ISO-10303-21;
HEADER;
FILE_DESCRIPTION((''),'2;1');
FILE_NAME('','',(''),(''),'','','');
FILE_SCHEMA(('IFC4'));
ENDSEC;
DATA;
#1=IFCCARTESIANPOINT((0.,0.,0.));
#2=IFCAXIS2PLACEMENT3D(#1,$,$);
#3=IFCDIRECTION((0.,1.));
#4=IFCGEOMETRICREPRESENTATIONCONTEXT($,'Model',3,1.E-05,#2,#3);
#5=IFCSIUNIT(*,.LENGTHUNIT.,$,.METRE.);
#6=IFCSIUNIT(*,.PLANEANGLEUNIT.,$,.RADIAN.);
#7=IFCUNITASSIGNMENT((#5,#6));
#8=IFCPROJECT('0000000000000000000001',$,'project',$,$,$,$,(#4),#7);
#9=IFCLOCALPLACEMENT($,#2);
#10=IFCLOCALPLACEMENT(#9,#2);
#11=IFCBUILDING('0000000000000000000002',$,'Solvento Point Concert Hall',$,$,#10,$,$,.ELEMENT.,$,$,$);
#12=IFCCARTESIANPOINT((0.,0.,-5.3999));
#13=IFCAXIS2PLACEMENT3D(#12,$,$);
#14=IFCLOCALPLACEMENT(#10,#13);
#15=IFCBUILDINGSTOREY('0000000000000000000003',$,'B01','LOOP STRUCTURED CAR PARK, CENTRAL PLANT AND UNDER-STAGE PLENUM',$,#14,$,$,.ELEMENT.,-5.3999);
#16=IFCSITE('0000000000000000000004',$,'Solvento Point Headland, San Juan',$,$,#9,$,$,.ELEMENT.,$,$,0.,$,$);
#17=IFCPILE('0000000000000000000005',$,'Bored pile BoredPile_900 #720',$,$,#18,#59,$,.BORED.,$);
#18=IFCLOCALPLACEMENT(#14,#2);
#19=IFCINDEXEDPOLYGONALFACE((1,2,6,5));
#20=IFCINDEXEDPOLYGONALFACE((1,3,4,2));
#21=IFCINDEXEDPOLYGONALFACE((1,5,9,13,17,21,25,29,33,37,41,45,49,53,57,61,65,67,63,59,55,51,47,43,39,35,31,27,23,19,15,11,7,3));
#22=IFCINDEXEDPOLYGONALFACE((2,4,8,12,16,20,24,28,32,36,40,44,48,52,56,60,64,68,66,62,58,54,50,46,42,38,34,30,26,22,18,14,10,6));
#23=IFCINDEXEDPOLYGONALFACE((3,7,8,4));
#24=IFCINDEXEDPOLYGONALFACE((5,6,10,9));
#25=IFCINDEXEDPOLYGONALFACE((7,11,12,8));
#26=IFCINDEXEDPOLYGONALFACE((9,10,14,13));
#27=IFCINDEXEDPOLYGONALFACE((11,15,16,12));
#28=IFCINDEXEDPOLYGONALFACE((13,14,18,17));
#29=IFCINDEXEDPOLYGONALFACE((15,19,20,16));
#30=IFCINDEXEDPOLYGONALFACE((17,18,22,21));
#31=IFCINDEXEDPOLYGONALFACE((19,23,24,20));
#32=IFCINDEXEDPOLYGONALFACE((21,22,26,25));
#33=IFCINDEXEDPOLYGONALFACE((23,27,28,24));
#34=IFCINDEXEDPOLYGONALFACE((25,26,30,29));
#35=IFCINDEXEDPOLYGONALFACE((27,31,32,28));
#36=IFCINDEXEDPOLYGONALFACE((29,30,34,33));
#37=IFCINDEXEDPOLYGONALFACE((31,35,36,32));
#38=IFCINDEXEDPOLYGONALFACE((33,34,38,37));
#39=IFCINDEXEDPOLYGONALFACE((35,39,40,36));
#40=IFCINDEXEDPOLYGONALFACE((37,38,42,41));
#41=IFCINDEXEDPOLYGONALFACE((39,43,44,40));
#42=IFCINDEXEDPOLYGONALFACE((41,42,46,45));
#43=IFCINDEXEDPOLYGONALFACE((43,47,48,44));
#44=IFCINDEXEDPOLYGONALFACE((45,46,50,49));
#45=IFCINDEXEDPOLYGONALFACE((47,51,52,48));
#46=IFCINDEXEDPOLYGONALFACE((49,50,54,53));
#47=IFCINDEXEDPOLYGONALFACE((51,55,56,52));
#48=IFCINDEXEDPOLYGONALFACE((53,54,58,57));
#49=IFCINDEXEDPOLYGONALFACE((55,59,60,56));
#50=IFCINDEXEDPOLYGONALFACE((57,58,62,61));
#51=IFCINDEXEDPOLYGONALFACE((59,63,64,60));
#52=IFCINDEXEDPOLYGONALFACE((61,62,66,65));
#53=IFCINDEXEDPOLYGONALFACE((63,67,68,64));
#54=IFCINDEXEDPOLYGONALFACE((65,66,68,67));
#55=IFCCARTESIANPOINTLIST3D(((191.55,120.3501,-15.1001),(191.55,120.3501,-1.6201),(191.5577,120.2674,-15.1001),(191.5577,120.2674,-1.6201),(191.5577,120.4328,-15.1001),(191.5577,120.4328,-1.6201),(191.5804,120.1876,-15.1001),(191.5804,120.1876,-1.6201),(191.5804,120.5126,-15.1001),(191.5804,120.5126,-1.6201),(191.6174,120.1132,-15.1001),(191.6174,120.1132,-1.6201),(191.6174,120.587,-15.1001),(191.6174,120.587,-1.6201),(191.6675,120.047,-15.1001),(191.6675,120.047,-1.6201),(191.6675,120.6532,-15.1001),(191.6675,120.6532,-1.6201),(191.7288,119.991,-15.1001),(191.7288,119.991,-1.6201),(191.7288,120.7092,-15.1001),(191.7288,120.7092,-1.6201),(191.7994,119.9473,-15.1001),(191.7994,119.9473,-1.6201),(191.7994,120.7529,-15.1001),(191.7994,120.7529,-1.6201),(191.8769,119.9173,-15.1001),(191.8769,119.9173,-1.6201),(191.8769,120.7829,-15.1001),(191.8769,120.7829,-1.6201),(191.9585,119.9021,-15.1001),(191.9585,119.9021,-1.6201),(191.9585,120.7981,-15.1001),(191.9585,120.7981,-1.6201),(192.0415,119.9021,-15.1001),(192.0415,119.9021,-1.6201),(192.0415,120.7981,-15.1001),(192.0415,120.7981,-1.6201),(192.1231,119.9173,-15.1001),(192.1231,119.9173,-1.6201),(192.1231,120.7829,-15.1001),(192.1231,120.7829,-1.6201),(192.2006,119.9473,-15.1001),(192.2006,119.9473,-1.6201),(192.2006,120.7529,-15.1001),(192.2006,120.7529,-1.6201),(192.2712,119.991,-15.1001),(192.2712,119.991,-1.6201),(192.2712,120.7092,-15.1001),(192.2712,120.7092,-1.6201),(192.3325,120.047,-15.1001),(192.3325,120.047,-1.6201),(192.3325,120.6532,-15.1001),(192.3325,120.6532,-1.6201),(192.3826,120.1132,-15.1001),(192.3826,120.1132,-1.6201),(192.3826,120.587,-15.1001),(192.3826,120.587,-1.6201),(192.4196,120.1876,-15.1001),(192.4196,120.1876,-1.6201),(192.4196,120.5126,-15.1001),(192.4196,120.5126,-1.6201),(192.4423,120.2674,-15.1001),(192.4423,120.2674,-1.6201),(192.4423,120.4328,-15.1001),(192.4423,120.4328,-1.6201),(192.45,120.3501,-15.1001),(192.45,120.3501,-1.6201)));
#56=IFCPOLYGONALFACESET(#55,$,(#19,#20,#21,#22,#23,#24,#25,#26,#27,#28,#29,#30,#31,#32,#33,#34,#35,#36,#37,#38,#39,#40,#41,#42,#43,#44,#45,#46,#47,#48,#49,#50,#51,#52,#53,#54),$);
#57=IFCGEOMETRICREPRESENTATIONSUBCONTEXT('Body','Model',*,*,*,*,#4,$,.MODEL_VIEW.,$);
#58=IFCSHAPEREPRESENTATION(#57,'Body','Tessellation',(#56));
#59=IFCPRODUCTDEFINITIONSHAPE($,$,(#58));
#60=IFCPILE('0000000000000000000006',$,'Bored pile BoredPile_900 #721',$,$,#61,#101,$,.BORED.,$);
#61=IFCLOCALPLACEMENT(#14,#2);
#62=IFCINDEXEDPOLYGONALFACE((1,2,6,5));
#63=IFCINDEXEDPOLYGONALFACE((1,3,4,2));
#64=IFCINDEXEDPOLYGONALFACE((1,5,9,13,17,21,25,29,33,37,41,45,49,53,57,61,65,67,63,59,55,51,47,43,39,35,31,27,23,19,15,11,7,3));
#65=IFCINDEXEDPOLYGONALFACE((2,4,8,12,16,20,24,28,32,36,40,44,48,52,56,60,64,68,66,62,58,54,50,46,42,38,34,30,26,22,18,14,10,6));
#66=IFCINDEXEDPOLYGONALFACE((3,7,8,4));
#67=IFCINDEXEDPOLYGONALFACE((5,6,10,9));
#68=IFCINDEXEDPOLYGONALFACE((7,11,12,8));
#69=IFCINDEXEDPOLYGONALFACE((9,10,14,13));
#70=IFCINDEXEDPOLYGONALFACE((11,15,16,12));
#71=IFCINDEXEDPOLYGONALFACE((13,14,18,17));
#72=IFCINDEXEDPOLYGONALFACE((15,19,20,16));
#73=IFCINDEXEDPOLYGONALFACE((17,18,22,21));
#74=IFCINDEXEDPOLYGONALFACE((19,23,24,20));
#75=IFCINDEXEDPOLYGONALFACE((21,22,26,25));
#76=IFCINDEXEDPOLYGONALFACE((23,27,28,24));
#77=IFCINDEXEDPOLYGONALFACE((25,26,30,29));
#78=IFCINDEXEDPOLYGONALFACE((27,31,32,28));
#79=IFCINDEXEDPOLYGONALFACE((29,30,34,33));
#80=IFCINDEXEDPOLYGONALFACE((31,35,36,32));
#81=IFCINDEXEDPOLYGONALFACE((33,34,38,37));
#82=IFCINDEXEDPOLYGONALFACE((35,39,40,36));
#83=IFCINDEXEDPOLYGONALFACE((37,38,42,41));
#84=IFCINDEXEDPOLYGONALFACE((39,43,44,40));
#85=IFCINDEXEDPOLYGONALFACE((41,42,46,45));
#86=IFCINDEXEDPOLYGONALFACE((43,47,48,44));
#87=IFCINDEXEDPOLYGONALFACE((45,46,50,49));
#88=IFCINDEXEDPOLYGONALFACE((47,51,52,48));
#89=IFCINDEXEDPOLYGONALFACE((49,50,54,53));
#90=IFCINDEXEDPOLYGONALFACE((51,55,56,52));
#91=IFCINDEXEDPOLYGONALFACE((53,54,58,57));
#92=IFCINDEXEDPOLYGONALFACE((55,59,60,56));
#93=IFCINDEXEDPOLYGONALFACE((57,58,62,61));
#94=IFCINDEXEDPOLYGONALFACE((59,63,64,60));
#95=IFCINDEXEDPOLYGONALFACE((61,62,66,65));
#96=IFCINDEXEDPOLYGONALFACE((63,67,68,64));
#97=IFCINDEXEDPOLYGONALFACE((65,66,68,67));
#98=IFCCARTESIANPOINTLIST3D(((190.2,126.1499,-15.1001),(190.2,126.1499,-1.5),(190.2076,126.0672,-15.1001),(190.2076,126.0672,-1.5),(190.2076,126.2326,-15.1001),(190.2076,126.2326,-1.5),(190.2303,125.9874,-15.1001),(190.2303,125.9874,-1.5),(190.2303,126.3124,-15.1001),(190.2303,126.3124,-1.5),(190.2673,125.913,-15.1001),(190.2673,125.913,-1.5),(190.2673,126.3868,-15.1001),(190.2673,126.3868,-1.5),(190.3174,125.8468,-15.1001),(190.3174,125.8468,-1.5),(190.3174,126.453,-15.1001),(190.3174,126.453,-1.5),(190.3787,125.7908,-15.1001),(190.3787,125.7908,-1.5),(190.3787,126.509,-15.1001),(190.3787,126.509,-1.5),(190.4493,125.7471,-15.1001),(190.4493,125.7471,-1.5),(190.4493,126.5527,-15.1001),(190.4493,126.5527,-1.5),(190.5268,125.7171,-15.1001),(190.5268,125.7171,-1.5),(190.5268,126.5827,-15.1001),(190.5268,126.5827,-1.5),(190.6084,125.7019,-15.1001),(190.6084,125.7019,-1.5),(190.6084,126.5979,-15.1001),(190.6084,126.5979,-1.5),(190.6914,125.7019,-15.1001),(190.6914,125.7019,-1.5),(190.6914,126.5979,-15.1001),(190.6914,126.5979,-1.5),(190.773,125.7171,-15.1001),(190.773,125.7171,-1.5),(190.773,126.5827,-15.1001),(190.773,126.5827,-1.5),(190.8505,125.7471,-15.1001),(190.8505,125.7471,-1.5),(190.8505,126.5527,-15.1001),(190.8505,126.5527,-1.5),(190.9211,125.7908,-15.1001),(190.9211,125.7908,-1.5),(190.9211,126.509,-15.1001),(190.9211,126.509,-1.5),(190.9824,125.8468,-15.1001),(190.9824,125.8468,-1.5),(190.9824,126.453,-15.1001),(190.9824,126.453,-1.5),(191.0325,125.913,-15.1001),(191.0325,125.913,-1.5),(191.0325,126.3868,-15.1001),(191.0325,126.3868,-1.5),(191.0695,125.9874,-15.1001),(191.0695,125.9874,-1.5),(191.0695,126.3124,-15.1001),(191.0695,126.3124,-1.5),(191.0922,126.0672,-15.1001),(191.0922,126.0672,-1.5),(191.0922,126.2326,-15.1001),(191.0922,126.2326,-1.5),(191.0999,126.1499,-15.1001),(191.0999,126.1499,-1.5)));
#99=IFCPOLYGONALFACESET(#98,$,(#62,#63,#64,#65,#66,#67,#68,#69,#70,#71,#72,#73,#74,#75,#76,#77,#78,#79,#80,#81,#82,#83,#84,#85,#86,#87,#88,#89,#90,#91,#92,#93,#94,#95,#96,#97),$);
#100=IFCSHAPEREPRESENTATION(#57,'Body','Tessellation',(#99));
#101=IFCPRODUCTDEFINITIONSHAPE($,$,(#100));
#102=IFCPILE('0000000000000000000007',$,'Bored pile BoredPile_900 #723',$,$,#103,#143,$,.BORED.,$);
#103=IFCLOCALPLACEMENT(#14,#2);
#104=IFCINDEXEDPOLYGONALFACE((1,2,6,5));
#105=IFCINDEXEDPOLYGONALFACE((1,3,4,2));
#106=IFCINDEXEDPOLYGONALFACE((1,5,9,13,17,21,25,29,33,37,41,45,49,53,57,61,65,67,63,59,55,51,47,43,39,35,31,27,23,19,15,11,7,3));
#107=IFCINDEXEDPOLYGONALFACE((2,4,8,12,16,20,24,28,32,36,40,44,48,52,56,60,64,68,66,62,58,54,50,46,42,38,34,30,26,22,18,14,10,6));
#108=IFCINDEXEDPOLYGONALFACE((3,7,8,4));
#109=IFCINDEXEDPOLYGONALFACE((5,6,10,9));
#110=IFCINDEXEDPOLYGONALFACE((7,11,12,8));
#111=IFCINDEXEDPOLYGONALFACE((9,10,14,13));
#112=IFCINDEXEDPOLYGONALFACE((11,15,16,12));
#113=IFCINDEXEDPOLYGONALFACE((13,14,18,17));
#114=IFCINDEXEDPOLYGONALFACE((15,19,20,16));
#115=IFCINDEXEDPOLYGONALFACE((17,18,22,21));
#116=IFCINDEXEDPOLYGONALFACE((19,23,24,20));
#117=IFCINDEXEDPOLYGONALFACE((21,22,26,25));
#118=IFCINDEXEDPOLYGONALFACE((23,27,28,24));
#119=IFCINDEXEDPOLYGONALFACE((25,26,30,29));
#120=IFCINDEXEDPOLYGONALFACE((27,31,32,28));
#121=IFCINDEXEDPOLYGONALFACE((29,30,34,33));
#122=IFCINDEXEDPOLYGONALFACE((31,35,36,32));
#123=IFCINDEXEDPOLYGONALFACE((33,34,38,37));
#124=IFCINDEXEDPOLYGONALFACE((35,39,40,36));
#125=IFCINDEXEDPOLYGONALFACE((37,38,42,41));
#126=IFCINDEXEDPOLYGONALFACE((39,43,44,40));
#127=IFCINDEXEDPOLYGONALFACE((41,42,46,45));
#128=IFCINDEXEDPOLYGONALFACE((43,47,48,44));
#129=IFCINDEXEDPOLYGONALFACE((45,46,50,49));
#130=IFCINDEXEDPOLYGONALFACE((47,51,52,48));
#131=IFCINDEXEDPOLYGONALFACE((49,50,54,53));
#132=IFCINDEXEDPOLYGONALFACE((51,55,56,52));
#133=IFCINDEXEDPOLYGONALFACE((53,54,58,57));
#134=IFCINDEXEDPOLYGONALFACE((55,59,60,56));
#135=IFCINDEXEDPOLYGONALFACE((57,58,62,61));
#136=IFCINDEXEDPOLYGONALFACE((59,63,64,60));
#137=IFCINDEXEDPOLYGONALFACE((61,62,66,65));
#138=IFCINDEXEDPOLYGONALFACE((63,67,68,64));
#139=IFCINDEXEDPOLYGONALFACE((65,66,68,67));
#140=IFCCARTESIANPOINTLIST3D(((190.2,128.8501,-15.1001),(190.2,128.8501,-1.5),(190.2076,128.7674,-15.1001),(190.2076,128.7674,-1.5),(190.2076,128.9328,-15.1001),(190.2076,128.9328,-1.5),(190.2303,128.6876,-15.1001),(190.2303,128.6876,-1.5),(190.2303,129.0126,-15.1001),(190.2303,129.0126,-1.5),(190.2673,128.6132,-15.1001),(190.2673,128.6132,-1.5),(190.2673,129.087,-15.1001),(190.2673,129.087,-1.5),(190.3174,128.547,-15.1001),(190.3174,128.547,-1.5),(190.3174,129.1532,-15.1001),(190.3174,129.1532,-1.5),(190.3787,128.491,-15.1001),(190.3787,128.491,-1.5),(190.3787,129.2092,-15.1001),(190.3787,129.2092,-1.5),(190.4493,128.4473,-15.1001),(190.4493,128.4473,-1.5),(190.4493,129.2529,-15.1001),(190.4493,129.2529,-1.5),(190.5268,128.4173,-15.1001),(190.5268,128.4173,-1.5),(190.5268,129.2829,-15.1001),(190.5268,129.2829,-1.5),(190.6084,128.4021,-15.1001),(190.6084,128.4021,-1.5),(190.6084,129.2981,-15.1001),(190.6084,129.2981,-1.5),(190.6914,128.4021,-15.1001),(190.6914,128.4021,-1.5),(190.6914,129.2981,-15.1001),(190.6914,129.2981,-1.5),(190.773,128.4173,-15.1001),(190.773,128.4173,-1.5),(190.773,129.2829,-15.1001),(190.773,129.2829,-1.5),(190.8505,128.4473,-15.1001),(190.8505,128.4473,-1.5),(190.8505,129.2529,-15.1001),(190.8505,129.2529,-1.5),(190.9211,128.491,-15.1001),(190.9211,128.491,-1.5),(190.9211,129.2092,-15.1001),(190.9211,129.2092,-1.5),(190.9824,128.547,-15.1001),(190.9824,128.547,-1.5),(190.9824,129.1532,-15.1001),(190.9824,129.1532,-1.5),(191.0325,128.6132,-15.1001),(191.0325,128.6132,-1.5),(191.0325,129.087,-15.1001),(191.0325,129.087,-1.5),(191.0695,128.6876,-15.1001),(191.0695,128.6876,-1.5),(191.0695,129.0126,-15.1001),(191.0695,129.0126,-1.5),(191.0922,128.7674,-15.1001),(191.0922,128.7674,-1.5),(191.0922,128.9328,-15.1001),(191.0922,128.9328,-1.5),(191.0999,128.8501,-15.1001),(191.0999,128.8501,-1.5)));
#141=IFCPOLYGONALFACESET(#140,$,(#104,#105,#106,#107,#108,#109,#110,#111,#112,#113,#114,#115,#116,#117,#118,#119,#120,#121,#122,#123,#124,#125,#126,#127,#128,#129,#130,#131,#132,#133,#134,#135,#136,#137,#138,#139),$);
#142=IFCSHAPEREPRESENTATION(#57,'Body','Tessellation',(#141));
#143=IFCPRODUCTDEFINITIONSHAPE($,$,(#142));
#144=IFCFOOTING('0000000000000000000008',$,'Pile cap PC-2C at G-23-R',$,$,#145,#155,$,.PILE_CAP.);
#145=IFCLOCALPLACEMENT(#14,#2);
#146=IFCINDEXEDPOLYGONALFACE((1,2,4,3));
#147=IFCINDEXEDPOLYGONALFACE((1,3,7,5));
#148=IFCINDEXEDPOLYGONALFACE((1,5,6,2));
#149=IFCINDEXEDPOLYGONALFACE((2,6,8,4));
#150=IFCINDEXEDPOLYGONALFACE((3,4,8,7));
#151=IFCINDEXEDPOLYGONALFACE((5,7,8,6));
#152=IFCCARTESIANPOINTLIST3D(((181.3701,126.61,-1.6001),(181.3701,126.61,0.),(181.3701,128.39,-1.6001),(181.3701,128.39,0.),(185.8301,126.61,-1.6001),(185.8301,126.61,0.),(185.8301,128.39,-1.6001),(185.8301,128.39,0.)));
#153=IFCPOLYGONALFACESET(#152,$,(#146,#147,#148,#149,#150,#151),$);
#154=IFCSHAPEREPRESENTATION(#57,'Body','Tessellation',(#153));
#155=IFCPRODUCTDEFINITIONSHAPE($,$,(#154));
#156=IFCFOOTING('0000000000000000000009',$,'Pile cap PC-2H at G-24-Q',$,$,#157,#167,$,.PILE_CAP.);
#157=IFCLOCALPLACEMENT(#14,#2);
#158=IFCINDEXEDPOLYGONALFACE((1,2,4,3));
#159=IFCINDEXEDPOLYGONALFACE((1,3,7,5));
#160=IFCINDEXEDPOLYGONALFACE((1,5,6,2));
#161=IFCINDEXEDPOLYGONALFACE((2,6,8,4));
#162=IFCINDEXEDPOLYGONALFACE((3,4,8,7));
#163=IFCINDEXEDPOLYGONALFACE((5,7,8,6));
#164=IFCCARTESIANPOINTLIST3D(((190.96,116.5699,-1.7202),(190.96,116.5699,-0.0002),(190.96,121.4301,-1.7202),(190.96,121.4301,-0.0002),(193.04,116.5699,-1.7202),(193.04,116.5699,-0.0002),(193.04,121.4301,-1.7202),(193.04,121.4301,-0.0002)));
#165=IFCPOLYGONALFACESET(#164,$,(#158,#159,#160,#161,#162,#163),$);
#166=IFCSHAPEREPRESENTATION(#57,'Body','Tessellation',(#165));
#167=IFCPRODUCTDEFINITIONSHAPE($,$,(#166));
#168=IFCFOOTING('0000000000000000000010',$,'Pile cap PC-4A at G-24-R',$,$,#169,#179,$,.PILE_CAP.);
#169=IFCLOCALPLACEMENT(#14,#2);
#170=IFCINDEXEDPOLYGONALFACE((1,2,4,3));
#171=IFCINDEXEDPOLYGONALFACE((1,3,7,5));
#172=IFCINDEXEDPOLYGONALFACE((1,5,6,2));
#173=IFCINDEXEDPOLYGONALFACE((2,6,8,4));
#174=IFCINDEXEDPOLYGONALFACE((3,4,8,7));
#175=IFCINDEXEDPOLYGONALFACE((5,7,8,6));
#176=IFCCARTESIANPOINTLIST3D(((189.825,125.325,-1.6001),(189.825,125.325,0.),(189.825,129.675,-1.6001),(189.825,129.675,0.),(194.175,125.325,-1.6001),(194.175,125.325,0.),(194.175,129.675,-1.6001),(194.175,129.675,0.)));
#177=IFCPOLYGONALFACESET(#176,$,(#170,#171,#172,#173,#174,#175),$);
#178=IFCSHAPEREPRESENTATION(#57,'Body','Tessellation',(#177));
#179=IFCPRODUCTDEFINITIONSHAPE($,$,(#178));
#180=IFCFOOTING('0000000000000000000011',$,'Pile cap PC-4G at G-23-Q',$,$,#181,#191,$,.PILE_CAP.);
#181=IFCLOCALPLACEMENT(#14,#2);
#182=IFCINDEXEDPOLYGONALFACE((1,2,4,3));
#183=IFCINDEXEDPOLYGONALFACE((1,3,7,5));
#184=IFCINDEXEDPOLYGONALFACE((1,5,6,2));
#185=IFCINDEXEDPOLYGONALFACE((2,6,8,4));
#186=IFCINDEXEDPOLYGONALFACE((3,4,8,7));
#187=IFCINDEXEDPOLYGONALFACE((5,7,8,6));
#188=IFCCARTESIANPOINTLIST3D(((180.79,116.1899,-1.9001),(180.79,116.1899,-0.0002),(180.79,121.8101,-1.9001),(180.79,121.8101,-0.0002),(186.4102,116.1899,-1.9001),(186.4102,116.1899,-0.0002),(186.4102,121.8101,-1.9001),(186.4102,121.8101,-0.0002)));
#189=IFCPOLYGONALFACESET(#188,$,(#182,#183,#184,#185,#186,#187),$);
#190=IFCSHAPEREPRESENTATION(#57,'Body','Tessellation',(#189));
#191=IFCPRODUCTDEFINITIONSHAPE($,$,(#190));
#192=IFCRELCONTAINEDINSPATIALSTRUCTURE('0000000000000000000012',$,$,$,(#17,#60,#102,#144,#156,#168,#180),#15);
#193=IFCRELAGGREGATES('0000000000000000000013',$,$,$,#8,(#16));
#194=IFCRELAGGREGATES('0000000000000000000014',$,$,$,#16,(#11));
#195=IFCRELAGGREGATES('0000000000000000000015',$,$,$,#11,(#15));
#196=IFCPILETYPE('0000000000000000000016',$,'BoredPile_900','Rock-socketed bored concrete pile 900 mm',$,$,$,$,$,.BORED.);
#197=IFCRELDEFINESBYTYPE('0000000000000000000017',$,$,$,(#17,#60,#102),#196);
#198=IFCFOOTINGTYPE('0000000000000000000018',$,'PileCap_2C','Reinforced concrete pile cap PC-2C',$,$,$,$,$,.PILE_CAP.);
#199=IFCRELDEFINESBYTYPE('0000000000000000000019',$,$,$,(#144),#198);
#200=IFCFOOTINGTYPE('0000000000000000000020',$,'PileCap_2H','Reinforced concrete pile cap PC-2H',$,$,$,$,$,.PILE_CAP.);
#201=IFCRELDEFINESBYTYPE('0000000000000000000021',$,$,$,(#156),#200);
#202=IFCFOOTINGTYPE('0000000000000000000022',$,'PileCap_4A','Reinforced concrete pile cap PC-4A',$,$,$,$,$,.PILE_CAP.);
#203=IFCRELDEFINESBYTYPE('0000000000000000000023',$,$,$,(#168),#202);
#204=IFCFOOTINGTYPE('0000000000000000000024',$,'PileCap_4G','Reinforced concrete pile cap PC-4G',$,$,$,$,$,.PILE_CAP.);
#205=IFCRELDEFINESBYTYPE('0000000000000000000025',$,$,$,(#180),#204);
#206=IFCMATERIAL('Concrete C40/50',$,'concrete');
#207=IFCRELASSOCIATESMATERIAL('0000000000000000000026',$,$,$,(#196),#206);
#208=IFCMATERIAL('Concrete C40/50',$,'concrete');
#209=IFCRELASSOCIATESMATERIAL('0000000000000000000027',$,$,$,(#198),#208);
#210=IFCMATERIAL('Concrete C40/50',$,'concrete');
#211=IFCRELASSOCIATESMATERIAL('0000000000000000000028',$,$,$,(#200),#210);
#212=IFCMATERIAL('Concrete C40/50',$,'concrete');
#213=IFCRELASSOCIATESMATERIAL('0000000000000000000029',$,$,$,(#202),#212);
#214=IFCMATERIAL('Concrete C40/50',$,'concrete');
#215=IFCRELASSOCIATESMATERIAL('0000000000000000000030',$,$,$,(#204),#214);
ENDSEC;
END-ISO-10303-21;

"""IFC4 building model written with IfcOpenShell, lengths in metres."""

from ifc_helpers import new_model, si_unit, direction, frame, origin, origin_2d, place, context, subcontext, project, spatial, rectangle, circle, extrude, material, material_profile, profile_set, type_object, element, save


model = new_model("IFC4")

# Units and contexts
model_context = context("Model", 3, precision=1e-05, world=origin(), true_north=direction((0.0, 1.0)))
body_context = subcontext(model_context, "Body", "Model", "MODEL_VIEW")
ifc_project = project(units=[si_unit("LENGTHUNIT", "METRE"), si_unit("PLANEANGLEUNIT", "RADIAN")], contexts=[model_context])

# Site, building, storey
site_placement = place(None, origin())
site = spatial("IfcSite", under=ifc_project, at=site_placement, Name="Solvento Point Headland, San Juan", CompositionType="ELEMENT", RefElevation=0.0)
building_placement = place(site_placement, origin())
building = spatial("IfcBuilding", under=site, at=building_placement, Name="Solvento Point Concert Hall", CompositionType="ELEMENT")
storey_placement = place(building_placement, frame((0.0, 0.0, -5.3999)))
storey = spatial("IfcBuildingStorey", under=building, at=storey_placement, Name="B01", Description="LOOP STRUCTURED CAR PARK, CENTRAL PLANT AND UNDER-STAGE PLENUM", CompositionType="ELEMENT", Elevation=-5.3999)

# Piles
ifc_material_1 = material(Name="Concrete C40/50", Category="concrete")
ifc_material_profile_1 = material_profile(ifc_material_1, circle(Radius=0.45, at=origin_2d()), Name="BP-900")
ifc_profile_set_1 = profile_set([ifc_material_profile_1], Name="Concrete C40/50")
pile_type_1 = type_object("IfcPileType", Name="BoredPile_900", Description="Rock-socketed bored concrete pile 900 mm", PredefinedType="BORED", material=ifc_profile_set_1)
for number, where, z_axis, x_axis, name in (
    (1, (192.0, 120.3501, -1.6201), (0.0, 0.0, -1.0), (1.0, 0.0, 0.0), "Bored pile BoredPile_900 #720"),
):
    element("IfcPile", number, at=place(storey_placement, frame(where, z_axis=z_axis, x_axis=x_axis)), inside=storey, type_object=pile_type_1, Name=name, PredefinedType="BORED", context=body_context, shape_type="SweptSolid", body=[
        extrude(circle(Radius=0.45, at=origin_2d()), origin(), (0.0, 0.0, 1.0), 13.48),
    ])
for number, where, z_axis, x_axis, name in (
    (2, (190.6499, 126.1499, -1.5), (0.0, 0.0, -1.0), (1.0, 0.0, 0.0), "Bored pile BoredPile_900 #721"),
    (3, (190.6499, 128.8501, -1.5), (0.0, 0.0, -1.0), (1.0, 0.0, 0.0), "Bored pile BoredPile_900 #723"),
):
    element("IfcPile", number, at=place(storey_placement, frame(where, z_axis=z_axis, x_axis=x_axis)), inside=storey, type_object=pile_type_1, Name=name, PredefinedType="BORED", context=body_context, shape_type="SweptSolid", body=[
        extrude(circle(Radius=0.45, at=origin_2d()), origin(), (0.0, 0.0, 1.0), 13.6001),
    ])

# Footings
ifc_material_2 = material(Name="Concrete C40/50", Category="concrete")
footing_type_1 = type_object("IfcFootingType", Name="PileCap_2C", Description="Reinforced concrete pile cap PC-2C", PredefinedType="PILE_CAP", material=ifc_material_2)
footing_1_placement = place(storey_placement, frame((183.6001, 127.5, -1.6001), z_axis=(0.0, 0.0, 1.0), x_axis=(1.0, 0.0, 0.0)))
element("IfcFooting", 4, at=footing_1_placement, inside=storey, type_object=footing_type_1, Name="Pile cap PC-2C at G-23-R", PredefinedType="PILE_CAP", context=body_context, shape_type="SweptSolid", body=[
    extrude(rectangle(XDim=4.46, YDim=1.78, at=origin_2d()), origin(), (0.0, 0.0, 1.0), 1.6001),
])
ifc_material_3 = material(Name="Concrete C40/50", Category="concrete")
footing_type_2 = type_object("IfcFootingType", Name="PileCap_2H", Description="Reinforced concrete pile cap PC-2H", PredefinedType="PILE_CAP", material=ifc_material_3)
footing_2_placement = place(storey_placement, frame((192.0, 119.0, -1.7202), z_axis=(0.0, 0.0, 1.0), x_axis=(1.0, 0.0, 0.0)))
element("IfcFooting", 5, at=footing_2_placement, inside=storey, type_object=footing_type_2, Name="Pile cap PC-2H at G-24-Q", PredefinedType="PILE_CAP", context=body_context, shape_type="SweptSolid", body=[
    extrude(rectangle(XDim=2.0801, YDim=4.8601, at=origin_2d()), origin(), (0.0, 0.0, 1.0), 1.72),
])
ifc_material_4 = material(Name="Concrete C40/50", Category="concrete")
footing_type_3 = type_object("IfcFootingType", Name="PileCap_4A", Description="Reinforced concrete pile cap PC-4A", PredefinedType="PILE_CAP", material=ifc_material_4)
footing_3_placement = place(storey_placement, frame((192.0, 127.5, -1.6001), z_axis=(0.0, 0.0, 1.0), x_axis=(1.0, 0.0, 0.0)))
element("IfcFooting", 6, at=footing_3_placement, inside=storey, type_object=footing_type_3, Name="Pile cap PC-4A at G-24-R", PredefinedType="PILE_CAP", context=body_context, shape_type="SweptSolid", body=[
    extrude(rectangle(XDim=4.3501, YDim=4.3501, at=origin_2d()), origin(), (0.0, 0.0, 1.0), 1.6001),
])
ifc_material_5 = material(Name="Concrete C40/50", Category="concrete")
footing_type_4 = type_object("IfcFootingType", Name="PileCap_4G", Description="Reinforced concrete pile cap PC-4G", PredefinedType="PILE_CAP", material=ifc_material_5)
footing_4_placement = place(storey_placement, frame((183.6001, 119.0, -1.9001), z_axis=(0.0, 0.0, 1.0), x_axis=(1.0, 0.0, 0.0)))
element("IfcFooting", 7, at=footing_4_placement, inside=storey, type_object=footing_type_4, Name="Pile cap PC-4G at G-23-Q", PredefinedType="PILE_CAP", context=body_context, shape_type="SweptSolid", body=[
    extrude(rectangle(XDim=5.6201, YDim=5.6201, at=origin_2d()), origin(), (0.0, 0.0, 1.0), 1.8999),
])

save(model, "model.ifc")
